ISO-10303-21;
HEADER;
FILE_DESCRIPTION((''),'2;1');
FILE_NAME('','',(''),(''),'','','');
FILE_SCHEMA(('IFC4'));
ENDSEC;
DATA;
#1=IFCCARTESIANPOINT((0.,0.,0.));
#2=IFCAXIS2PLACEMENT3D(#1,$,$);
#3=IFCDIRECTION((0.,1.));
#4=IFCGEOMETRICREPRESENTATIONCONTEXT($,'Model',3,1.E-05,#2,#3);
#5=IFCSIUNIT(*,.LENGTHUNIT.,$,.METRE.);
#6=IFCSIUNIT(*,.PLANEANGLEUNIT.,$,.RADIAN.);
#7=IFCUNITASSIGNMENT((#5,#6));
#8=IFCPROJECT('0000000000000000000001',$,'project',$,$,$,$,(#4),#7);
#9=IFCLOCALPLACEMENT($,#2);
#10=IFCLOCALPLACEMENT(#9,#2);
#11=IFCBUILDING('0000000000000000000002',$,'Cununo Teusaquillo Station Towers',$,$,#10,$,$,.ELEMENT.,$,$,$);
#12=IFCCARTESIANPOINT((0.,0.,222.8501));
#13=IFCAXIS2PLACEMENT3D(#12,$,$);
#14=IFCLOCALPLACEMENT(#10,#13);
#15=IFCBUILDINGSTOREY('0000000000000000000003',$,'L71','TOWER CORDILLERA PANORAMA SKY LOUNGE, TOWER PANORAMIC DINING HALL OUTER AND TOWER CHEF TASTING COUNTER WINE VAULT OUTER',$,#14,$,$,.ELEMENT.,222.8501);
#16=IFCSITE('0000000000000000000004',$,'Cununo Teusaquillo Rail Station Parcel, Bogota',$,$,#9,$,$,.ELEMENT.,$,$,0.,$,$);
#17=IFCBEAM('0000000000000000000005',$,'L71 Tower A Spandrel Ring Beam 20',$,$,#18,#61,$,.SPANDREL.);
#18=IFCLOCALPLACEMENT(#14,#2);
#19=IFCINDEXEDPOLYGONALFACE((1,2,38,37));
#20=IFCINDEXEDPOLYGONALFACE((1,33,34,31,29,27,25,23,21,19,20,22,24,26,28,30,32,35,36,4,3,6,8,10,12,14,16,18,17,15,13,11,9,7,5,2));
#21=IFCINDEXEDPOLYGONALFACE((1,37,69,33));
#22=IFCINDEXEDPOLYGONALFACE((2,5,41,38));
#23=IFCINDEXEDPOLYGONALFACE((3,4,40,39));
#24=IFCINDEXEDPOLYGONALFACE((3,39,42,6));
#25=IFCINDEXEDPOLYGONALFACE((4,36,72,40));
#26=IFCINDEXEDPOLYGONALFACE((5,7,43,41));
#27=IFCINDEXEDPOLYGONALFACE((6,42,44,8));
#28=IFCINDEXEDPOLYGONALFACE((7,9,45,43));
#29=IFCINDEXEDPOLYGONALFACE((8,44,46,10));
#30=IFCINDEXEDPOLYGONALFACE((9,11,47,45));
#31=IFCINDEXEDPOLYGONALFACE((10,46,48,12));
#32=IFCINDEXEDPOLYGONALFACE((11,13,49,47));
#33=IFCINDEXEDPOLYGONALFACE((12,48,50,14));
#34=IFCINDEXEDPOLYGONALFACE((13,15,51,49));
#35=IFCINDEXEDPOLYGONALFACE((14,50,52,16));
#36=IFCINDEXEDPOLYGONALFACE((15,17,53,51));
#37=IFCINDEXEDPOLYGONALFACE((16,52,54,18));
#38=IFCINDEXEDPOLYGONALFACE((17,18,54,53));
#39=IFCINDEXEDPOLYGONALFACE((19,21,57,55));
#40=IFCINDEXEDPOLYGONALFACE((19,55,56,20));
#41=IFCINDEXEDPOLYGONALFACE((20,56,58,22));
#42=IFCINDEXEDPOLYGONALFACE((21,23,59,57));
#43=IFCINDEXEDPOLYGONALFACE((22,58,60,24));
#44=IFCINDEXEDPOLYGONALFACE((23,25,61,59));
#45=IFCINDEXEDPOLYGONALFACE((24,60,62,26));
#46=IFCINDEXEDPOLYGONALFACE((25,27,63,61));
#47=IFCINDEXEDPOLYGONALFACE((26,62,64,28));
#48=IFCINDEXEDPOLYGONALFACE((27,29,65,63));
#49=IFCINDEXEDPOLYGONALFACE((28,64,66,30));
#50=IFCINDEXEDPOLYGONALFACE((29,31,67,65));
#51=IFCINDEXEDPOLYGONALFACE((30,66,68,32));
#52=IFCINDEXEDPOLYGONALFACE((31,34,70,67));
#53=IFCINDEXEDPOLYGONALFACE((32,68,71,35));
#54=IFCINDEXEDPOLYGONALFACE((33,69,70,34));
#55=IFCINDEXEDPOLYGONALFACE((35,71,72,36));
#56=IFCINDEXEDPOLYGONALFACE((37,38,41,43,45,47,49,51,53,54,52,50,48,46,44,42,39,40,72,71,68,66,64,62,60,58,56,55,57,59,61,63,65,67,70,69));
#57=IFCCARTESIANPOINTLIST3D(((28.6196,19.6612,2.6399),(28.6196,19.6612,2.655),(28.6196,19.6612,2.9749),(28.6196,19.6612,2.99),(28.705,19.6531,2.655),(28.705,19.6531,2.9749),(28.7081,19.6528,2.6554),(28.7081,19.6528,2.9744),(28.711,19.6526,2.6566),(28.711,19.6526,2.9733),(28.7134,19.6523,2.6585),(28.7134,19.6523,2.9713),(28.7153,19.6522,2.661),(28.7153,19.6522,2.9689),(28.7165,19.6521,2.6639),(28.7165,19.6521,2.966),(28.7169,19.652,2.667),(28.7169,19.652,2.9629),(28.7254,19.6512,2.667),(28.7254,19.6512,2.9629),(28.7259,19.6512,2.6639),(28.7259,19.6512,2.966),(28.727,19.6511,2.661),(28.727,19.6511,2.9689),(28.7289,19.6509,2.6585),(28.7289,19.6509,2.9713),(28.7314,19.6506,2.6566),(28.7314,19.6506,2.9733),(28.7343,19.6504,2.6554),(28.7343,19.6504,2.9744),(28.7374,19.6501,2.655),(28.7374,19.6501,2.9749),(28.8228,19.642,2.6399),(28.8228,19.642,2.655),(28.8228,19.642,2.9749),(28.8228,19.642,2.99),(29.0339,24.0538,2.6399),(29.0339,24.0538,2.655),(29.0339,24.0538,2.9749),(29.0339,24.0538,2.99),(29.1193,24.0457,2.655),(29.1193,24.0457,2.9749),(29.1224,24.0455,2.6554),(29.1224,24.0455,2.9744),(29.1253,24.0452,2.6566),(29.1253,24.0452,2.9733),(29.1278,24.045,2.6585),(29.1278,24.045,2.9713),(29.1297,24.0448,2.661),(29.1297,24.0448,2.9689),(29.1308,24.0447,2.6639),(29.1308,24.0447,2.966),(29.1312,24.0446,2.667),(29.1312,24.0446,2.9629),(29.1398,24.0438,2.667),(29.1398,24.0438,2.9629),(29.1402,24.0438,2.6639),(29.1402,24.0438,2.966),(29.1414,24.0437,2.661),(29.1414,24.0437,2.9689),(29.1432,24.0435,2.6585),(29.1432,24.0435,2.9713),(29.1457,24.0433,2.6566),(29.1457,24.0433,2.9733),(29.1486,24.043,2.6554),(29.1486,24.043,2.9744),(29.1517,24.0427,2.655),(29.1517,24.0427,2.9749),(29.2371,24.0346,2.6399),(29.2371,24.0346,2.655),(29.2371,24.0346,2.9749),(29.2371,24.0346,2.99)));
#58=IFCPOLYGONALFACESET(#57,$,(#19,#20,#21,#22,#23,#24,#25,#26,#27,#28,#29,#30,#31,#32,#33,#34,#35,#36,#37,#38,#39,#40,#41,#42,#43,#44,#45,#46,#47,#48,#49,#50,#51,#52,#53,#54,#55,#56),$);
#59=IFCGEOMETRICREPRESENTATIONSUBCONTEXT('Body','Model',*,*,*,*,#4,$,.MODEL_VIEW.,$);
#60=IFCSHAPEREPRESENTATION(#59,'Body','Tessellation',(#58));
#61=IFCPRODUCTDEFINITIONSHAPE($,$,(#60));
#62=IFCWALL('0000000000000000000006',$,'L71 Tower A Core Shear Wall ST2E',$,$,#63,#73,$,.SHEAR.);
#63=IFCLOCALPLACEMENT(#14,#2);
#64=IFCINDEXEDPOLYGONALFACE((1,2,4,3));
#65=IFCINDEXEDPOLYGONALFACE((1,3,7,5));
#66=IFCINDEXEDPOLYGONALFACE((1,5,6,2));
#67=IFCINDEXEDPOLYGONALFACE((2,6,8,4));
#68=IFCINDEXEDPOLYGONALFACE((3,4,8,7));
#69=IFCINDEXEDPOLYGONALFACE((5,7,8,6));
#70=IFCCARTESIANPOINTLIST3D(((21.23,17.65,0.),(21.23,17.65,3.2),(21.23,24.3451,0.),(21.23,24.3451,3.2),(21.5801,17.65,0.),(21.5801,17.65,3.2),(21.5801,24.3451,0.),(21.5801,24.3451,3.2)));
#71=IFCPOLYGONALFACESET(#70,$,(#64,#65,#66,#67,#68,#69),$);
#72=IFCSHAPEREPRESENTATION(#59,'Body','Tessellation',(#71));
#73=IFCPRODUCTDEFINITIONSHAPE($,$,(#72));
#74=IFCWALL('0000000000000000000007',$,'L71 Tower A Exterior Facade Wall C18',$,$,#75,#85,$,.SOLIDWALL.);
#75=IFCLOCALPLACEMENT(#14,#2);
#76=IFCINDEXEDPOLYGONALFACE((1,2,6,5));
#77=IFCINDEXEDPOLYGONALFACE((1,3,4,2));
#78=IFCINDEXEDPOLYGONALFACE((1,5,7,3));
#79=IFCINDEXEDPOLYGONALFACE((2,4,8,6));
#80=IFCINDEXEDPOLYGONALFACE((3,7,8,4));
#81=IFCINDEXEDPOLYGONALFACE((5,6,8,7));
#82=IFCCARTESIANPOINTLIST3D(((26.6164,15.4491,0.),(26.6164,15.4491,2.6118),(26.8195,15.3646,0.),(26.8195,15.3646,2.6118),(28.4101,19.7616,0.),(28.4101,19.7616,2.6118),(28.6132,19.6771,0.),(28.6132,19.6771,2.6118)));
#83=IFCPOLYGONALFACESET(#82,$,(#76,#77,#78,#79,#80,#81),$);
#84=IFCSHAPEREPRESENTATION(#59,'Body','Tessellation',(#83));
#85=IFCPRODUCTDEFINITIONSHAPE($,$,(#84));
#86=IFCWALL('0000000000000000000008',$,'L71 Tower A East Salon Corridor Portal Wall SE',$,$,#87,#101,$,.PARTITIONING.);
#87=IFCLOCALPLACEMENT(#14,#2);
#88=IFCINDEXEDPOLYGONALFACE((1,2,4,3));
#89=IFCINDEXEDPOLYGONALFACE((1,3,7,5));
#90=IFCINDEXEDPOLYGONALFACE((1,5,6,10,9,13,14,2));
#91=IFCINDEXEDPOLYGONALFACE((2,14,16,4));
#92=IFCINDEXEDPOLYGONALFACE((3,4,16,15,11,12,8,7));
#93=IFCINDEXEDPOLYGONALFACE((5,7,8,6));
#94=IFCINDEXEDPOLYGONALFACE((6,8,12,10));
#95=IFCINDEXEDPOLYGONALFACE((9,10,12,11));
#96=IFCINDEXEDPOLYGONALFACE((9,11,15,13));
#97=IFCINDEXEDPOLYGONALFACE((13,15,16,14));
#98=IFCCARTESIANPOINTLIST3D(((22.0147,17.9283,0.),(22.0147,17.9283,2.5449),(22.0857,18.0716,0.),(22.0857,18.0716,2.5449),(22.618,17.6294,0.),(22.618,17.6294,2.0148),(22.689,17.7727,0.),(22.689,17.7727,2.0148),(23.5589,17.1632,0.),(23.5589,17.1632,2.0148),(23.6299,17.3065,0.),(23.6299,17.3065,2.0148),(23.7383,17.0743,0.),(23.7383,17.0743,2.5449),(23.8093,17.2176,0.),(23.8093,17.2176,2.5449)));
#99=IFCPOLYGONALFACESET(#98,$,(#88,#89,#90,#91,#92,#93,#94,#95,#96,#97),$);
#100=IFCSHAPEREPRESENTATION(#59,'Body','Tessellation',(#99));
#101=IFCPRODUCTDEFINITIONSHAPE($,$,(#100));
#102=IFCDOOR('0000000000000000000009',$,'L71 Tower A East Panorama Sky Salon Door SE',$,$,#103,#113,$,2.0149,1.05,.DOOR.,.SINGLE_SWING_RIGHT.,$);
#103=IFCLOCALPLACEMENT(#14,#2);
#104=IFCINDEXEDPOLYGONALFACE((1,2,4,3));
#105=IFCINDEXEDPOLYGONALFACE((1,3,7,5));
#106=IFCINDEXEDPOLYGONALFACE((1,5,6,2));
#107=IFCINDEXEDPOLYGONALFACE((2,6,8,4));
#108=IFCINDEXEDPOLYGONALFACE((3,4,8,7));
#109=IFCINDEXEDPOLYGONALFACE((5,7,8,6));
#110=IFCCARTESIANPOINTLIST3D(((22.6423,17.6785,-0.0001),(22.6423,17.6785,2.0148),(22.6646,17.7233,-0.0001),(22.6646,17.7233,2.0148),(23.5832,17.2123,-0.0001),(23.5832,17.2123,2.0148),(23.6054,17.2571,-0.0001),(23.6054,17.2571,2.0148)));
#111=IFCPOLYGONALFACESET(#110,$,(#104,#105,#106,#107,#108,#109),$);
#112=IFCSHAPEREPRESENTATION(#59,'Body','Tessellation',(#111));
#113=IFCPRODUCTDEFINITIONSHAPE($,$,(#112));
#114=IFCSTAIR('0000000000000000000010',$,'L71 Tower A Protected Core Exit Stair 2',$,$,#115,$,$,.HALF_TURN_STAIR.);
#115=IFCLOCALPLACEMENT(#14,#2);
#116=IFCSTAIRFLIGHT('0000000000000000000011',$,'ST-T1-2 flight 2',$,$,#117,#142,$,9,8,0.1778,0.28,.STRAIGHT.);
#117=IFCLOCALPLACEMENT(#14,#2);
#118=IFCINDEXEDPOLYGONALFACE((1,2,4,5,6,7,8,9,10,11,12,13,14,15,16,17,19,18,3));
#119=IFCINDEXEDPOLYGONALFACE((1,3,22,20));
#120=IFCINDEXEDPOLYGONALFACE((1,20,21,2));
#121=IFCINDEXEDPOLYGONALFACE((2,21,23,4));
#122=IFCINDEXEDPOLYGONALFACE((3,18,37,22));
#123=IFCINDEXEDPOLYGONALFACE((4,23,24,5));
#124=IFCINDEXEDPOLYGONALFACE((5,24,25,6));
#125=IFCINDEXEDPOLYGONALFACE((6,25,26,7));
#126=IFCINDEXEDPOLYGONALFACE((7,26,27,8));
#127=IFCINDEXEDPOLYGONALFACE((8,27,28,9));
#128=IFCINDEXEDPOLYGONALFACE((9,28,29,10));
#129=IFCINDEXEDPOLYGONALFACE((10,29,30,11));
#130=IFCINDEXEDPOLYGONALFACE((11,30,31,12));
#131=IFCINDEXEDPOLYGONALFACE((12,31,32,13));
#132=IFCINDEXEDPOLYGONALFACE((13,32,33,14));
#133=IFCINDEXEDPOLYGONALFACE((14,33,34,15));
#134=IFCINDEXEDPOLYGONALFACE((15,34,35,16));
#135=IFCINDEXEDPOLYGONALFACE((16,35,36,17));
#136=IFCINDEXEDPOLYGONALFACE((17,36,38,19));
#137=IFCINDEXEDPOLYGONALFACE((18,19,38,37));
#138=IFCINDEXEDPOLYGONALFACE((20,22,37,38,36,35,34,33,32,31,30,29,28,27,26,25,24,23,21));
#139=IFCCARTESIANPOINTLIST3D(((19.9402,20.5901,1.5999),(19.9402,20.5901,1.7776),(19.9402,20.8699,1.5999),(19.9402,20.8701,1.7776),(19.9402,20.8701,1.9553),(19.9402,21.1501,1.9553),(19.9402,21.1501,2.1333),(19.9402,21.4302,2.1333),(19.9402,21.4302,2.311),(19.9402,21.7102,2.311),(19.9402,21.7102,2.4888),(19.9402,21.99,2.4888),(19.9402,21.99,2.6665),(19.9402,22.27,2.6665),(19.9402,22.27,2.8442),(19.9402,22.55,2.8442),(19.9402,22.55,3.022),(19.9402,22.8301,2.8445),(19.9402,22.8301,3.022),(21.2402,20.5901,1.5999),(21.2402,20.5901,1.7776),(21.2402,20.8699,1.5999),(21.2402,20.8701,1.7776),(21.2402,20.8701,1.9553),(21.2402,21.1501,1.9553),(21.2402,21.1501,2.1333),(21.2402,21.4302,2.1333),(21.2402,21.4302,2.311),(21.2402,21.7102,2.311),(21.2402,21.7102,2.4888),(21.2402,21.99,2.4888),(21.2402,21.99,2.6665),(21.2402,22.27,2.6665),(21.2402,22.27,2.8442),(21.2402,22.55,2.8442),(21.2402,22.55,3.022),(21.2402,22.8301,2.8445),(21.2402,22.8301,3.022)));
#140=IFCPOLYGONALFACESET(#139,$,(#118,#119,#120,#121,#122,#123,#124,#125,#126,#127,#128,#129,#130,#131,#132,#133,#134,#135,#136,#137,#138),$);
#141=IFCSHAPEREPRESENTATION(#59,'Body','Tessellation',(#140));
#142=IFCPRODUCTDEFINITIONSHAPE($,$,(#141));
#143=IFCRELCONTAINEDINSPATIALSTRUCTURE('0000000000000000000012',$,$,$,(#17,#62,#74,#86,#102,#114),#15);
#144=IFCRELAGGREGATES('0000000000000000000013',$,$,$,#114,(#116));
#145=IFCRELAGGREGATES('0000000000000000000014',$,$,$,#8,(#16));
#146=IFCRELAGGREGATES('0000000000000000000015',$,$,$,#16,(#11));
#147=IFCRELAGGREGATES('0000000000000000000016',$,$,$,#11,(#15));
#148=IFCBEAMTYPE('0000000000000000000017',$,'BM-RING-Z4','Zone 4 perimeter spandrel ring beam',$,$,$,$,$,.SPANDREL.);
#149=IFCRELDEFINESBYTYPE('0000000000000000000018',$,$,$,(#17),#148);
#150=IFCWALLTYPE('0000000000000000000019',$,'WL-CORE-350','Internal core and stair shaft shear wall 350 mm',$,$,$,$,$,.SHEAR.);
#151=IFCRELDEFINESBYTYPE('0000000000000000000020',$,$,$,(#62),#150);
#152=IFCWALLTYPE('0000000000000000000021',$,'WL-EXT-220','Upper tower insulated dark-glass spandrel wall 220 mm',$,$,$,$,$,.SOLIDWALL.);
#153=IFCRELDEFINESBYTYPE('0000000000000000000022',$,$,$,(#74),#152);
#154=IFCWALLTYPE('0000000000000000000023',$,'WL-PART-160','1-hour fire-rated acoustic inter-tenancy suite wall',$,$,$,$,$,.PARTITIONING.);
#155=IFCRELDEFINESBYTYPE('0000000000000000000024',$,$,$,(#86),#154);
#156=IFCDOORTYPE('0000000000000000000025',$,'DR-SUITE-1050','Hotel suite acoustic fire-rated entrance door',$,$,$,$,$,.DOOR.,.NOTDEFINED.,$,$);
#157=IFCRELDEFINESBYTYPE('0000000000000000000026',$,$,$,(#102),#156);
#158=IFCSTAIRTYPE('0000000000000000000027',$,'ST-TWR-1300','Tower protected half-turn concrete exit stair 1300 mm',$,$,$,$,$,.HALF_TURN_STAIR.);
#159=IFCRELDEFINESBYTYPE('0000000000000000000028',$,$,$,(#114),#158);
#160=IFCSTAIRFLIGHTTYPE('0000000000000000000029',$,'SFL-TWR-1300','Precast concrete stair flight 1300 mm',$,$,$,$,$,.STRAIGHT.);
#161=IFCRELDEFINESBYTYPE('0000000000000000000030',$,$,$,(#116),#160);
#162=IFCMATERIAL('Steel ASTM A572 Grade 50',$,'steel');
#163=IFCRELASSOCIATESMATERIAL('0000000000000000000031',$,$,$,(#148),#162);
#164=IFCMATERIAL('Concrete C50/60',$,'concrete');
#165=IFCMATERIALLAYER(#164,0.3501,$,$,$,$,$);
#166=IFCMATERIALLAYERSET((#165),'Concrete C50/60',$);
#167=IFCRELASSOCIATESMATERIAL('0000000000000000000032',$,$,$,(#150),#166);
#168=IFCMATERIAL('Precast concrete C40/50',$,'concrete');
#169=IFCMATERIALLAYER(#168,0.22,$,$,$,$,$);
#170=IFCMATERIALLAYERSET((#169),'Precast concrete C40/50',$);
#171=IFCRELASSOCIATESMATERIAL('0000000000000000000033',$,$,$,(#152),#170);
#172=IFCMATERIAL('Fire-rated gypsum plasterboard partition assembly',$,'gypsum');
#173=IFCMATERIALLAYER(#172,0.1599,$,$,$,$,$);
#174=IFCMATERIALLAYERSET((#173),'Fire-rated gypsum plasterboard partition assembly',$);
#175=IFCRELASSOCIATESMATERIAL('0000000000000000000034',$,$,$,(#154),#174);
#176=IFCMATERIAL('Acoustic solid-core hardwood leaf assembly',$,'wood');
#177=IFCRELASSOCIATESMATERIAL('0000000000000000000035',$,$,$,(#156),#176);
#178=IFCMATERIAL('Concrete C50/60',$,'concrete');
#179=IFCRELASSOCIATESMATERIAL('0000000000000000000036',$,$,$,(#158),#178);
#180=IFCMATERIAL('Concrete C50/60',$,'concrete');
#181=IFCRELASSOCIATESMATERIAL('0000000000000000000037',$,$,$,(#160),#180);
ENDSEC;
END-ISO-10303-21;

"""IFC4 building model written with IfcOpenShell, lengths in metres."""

from ifc_helpers import new_model, si_unit, direction, frame, frame_2d, origin, origin_2d, place, context, subcontext, project, spatial, polyline, rectangle, i_section, outline, extrude, source, transform, mapped, material, layer, layer_set, material_profile, profile_set, type_object, element, fill, aggregate, save


model = new_model("IFC4")

# Units and contexts
model_context = context("Model", 3, precision=1e-05, world=origin(), true_north=direction((0.0, 1.0)))
body_context = subcontext(model_context, "Body", "Model", "MODEL_VIEW")
ifc_project = project(units=[si_unit("LENGTHUNIT", "METRE"), si_unit("PLANEANGLEUNIT", "RADIAN")], contexts=[model_context])

# Site, building, storey
site_placement = place(None, origin())
site = spatial("IfcSite", under=ifc_project, at=site_placement, Name="Cununo Teusaquillo Rail Station Parcel, Bogota", CompositionType="ELEMENT", RefElevation=0.0)
building_placement = place(site_placement, origin())
building = spatial("IfcBuilding", under=site, at=building_placement, Name="Cununo Teusaquillo Station Towers", CompositionType="ELEMENT")
storey_placement = place(building_placement, frame((0.0, 0.0, 222.8501)))
storey = spatial("IfcBuildingStorey", under=building, at=storey_placement, Name="L71", Description="TOWER CORDILLERA PANORAMA SKY LOUNGE, TOWER PANORAMIC DINING HALL OUTER AND TOWER CHEF TASTING COUNTER WINE VAULT OUTER", CompositionType="ELEMENT", Elevation=222.8501)

# Beam
ifc_material_1 = material(Name="Steel ASTM A572 Grade 50", Category="steel")
ifc_material_profile_1 = material_profile(ifc_material_1, i_section(OverallWidth=0.2041, OverallDepth=0.3501, WebThickness=0.0085, FlangeThickness=0.0151, FilletRadius=0.012, at=origin_2d()), Name="W14X48")
ifc_profile_set_1 = profile_set([ifc_material_profile_1], Name="Steel ASTM A572 Grade 50")
beam_type_1 = type_object("IfcBeamType", Name="BM-RING-Z4", Description="Zone 4 perimeter spandrel ring beam", PredefinedType="SPANDREL", material=ifc_profile_set_1)
beam_1_placement = place(storey_placement, frame((28.7212, 19.6516, 2.8149), z_axis=(0.093903, 0.995581, 0.0), x_axis=(-0.995581, 0.093903, 0.0)))
element("IfcBeam", 1, at=beam_1_placement, inside=storey, type_object=beam_type_1, Name="L71 Tower A Spandrel Ring Beam 20", PredefinedType="SPANDREL", context=body_context, shape_type="SweptSolid", body=[
    extrude(i_section(OverallWidth=0.2041, OverallDepth=0.3501, WebThickness=0.0085, FlangeThickness=0.0151, FilletRadius=0.012, at=origin_2d()), origin(), (0.0, 0.0, 1.0), 4.4121),
])

# Walls
ifc_material_2 = material(Name="Concrete C50/60", Category="concrete")
ifc_layer_1 = layer(ifc_material_2, 0.3501)
ifc_layer_set_1 = layer_set([ifc_layer_1], Name="Concrete C50/60")
wall_type_1 = type_object("IfcWallType", Name="WL-CORE-350", Description="Internal core and stair shaft shear wall 350 mm", PredefinedType="SHEAR", material=ifc_layer_set_1)
wall_1_placement = place(storey_placement, frame((21.405, 17.6499, 0.0), z_axis=(0.0, 0.0, 1.0), x_axis=(0.0, 1.0, 0.0)))
element("IfcWall", 2, at=wall_1_placement, inside=storey, type_object=wall_type_1, Name="L71 Tower A Core Shear Wall ST2E", PredefinedType="SHEAR", context=body_context, shape_type="SweptSolid", body=[
    extrude(rectangle(XDim=6.6951, YDim=0.3501, at=frame_2d((3.3477, 0.0))), origin(), (0.0, 0.0, 1.0), 3.2),
])
ifc_material_3 = material(Name="Precast concrete C40/50", Category="concrete")
ifc_layer_2 = layer(ifc_material_3, 0.22)
ifc_layer_set_2 = layer_set([ifc_layer_2], Name="Precast concrete C40/50")
wall_type_2 = type_object("IfcWallType", Name="WL-EXT-220", Description="Upper tower insulated dark-glass spandrel wall 220 mm", PredefinedType="SOLIDWALL", material=ifc_layer_set_2)
wall_2_placement = place(storey_placement, frame((28.5117, 19.7195, 0.0), z_axis=(0.0, 0.0, 1.0), x_axis=(-0.384036, -0.923318, 0.0)))
element("IfcWall", 3, at=wall_2_placement, inside=storey, type_object=wall_type_2, Name="L71 Tower A Exterior Facade Wall C18", PredefinedType="SOLIDWALL", context=body_context, shape_type="SweptSolid", body=[
    extrude(rectangle(XDim=4.6707, YDim=0.22, at=frame_2d((2.3354, 0.0))), origin(), (0.0, 0.0, 1.0), 2.6118),
])

# Wall, opening, door
ifc_material_4 = material(Name="Fire-rated gypsum plasterboard partition assembly", Category="gypsum")
ifc_layer_3 = layer(ifc_material_4, 0.1599)
ifc_layer_set_3 = layer_set([ifc_layer_3], Name="Fire-rated gypsum plasterboard partition assembly")
wall_type_3 = type_object("IfcWallType", Name="WL-PART-160", Description="1-hour fire-rated acoustic inter-tenancy suite wall", PredefinedType="PARTITIONING", material=ifc_layer_set_3)
wall_3_placement = place(storey_placement, frame((22.05, 18.0, 0.0), z_axis=(0.0, 0.0, 1.0), x_axis=(0.896046, -0.443962, 0.0)))
wall_3 = element("IfcWall", 4, at=wall_3_placement, inside=storey, type_object=wall_type_3, Name="L71 Tower A East Salon Corridor Portal Wall SE", PredefinedType="PARTITIONING", context=body_context, shape_type="SweptSolid", body=[
    extrude(rectangle(XDim=1.9236, YDim=0.1599, at=frame_2d((0.9619, 0.0))), origin(), (0.0, 0.0, 1.0), 2.5449),
])
shared_shape_1 = source(origin(), body_context, "Body", "SweptSolid", [
    extrude(rectangle(XDim=1.05, YDim=2.0149, at=frame_2d((0.5249, 1.0073))), frame((0.0, 0.0898, 0.0), z_axis=(0.0, -1.0, 0.0), x_axis=(1.0, 0.0, 0.0)), (0.0, 0.0, 1.0), 0.1799),
])
opening_placement = place(wall_3_placement, frame((0.6736, 0.0, 0.0)))
opening = element("IfcOpeningElement", 5, at=opening_placement, cuts=wall_3, PredefinedType="OPENING", context=body_context, shape_type="MappedRepresentation", body=[
    mapped(shared_shape_1, transform((0.0, 0.0, 0.0), x_axis=(1.0, 0.0, 0.0), y_axis=(0.0, 1.0, 0.0), z_axis=(0.0, 0.0, 1.0), scale=1.0)),
])
ifc_material_5 = material(Name="Acoustic solid-core hardwood leaf assembly", Category="wood")
door_type = type_object("IfcDoorType", Name="DR-SUITE-1050", Description="Hotel suite acoustic fire-rated entrance door", OperationType="NOTDEFINED", PredefinedType="DOOR", material=ifc_material_5)
shared_shape_2 = source(origin(), body_context, "Body", "SweptSolid", [
    extrude(rectangle(XDim=1.05, YDim=2.0149, at=frame_2d((0.5249, 1.0073))), frame((0.0, 0.0249, 0.0), z_axis=(0.0, -1.0, 0.0), x_axis=(1.0, 0.0, 0.0)), (0.0, 0.0, 1.0), 0.05),
])
door_placement = place(opening_placement, origin())
door = element("IfcDoor", 6, at=door_placement, inside=storey, type_object=door_type, Name="L71 Tower A East Panorama Sky Salon Door SE", OperationType="SINGLE_SWING_RIGHT", OverallHeight=2.0149, OverallWidth=1.05, PredefinedType="DOOR", context=body_context, shape_type="MappedRepresentation", body=[
    mapped(shared_shape_2, transform((0.0, 0.0, 0.0), x_axis=(1.0, 0.0, 0.0), y_axis=(0.0, 1.0, 0.0), z_axis=(0.0, 0.0, 1.0), scale=1.0)),
])
fill(opening, door)

# Stair, stair flight
ifc_material_6 = material(Name="Concrete C50/60", Category="concrete")
stair_type = type_object("IfcStairType", Name="ST-TWR-1300", Description="Tower protected half-turn concrete exit stair 1300 mm", PredefinedType="HALF_TURN_STAIR", material=ifc_material_6)
stair_placement = place(storey_placement, origin())
stair = element("IfcStair", 7, at=stair_placement, inside=storey, type_object=stair_type, Name="L71 Tower A Protected Core Exit Stair 2", PredefinedType="HALF_TURN_STAIR")
ifc_material_7 = material(Name="Concrete C50/60", Category="concrete")
stair_flight_type = type_object("IfcStairFlightType", Name="SFL-TWR-1300", Description="Precast concrete stair flight 1300 mm", PredefinedType="STRAIGHT", material=ifc_material_7)
stair_flight_placement = place(storey_placement, frame((20.5901, 20.5901, 1.5999), z_axis=(0.0, 0.0, 1.0), x_axis=(0.0, 1.0, 0.0)))
stair_flight = element("IfcStairFlight", 8, at=stair_flight_placement, type_object=stair_flight_type, Name="ST-T1-2 flight 2", NumberOfRisers=9, NumberOfTreads=8, PredefinedType="STRAIGHT", RiserHeight=0.1778, TreadLength=0.28, context=body_context, shape_type="SweptSolid", body=[
    extrude(outline(polyline([(0.0, 0.0), (0.0, 0.1777), (0.28, 0.1777), (0.28, 0.3555), (0.5601, 0.3555), (0.5601, 0.5334), (0.8401, 0.5334), (0.8401, 0.7112), (1.1201, 0.7112), (1.1201, 0.8889), (1.3999, 0.8889), (1.3999, 1.0667), (1.6799, 1.0667), (1.6799, 1.2444), (1.96, 1.2444), (1.96, 1.4221), (2.24, 1.4221), (2.24, 1.6001), (2.24, 1.2446), (0.2798, 0.0), (0.0, 0.0)])), frame((0.0, 0.6499, 0.0), z_axis=(0.0, -1.0, 0.0), x_axis=(1.0, 0.0, 0.0)), (0.0, 0.0, 1.0), 1.3),
])
aggregate(stair, [stair_flight])

save(model, "model.ifc")
